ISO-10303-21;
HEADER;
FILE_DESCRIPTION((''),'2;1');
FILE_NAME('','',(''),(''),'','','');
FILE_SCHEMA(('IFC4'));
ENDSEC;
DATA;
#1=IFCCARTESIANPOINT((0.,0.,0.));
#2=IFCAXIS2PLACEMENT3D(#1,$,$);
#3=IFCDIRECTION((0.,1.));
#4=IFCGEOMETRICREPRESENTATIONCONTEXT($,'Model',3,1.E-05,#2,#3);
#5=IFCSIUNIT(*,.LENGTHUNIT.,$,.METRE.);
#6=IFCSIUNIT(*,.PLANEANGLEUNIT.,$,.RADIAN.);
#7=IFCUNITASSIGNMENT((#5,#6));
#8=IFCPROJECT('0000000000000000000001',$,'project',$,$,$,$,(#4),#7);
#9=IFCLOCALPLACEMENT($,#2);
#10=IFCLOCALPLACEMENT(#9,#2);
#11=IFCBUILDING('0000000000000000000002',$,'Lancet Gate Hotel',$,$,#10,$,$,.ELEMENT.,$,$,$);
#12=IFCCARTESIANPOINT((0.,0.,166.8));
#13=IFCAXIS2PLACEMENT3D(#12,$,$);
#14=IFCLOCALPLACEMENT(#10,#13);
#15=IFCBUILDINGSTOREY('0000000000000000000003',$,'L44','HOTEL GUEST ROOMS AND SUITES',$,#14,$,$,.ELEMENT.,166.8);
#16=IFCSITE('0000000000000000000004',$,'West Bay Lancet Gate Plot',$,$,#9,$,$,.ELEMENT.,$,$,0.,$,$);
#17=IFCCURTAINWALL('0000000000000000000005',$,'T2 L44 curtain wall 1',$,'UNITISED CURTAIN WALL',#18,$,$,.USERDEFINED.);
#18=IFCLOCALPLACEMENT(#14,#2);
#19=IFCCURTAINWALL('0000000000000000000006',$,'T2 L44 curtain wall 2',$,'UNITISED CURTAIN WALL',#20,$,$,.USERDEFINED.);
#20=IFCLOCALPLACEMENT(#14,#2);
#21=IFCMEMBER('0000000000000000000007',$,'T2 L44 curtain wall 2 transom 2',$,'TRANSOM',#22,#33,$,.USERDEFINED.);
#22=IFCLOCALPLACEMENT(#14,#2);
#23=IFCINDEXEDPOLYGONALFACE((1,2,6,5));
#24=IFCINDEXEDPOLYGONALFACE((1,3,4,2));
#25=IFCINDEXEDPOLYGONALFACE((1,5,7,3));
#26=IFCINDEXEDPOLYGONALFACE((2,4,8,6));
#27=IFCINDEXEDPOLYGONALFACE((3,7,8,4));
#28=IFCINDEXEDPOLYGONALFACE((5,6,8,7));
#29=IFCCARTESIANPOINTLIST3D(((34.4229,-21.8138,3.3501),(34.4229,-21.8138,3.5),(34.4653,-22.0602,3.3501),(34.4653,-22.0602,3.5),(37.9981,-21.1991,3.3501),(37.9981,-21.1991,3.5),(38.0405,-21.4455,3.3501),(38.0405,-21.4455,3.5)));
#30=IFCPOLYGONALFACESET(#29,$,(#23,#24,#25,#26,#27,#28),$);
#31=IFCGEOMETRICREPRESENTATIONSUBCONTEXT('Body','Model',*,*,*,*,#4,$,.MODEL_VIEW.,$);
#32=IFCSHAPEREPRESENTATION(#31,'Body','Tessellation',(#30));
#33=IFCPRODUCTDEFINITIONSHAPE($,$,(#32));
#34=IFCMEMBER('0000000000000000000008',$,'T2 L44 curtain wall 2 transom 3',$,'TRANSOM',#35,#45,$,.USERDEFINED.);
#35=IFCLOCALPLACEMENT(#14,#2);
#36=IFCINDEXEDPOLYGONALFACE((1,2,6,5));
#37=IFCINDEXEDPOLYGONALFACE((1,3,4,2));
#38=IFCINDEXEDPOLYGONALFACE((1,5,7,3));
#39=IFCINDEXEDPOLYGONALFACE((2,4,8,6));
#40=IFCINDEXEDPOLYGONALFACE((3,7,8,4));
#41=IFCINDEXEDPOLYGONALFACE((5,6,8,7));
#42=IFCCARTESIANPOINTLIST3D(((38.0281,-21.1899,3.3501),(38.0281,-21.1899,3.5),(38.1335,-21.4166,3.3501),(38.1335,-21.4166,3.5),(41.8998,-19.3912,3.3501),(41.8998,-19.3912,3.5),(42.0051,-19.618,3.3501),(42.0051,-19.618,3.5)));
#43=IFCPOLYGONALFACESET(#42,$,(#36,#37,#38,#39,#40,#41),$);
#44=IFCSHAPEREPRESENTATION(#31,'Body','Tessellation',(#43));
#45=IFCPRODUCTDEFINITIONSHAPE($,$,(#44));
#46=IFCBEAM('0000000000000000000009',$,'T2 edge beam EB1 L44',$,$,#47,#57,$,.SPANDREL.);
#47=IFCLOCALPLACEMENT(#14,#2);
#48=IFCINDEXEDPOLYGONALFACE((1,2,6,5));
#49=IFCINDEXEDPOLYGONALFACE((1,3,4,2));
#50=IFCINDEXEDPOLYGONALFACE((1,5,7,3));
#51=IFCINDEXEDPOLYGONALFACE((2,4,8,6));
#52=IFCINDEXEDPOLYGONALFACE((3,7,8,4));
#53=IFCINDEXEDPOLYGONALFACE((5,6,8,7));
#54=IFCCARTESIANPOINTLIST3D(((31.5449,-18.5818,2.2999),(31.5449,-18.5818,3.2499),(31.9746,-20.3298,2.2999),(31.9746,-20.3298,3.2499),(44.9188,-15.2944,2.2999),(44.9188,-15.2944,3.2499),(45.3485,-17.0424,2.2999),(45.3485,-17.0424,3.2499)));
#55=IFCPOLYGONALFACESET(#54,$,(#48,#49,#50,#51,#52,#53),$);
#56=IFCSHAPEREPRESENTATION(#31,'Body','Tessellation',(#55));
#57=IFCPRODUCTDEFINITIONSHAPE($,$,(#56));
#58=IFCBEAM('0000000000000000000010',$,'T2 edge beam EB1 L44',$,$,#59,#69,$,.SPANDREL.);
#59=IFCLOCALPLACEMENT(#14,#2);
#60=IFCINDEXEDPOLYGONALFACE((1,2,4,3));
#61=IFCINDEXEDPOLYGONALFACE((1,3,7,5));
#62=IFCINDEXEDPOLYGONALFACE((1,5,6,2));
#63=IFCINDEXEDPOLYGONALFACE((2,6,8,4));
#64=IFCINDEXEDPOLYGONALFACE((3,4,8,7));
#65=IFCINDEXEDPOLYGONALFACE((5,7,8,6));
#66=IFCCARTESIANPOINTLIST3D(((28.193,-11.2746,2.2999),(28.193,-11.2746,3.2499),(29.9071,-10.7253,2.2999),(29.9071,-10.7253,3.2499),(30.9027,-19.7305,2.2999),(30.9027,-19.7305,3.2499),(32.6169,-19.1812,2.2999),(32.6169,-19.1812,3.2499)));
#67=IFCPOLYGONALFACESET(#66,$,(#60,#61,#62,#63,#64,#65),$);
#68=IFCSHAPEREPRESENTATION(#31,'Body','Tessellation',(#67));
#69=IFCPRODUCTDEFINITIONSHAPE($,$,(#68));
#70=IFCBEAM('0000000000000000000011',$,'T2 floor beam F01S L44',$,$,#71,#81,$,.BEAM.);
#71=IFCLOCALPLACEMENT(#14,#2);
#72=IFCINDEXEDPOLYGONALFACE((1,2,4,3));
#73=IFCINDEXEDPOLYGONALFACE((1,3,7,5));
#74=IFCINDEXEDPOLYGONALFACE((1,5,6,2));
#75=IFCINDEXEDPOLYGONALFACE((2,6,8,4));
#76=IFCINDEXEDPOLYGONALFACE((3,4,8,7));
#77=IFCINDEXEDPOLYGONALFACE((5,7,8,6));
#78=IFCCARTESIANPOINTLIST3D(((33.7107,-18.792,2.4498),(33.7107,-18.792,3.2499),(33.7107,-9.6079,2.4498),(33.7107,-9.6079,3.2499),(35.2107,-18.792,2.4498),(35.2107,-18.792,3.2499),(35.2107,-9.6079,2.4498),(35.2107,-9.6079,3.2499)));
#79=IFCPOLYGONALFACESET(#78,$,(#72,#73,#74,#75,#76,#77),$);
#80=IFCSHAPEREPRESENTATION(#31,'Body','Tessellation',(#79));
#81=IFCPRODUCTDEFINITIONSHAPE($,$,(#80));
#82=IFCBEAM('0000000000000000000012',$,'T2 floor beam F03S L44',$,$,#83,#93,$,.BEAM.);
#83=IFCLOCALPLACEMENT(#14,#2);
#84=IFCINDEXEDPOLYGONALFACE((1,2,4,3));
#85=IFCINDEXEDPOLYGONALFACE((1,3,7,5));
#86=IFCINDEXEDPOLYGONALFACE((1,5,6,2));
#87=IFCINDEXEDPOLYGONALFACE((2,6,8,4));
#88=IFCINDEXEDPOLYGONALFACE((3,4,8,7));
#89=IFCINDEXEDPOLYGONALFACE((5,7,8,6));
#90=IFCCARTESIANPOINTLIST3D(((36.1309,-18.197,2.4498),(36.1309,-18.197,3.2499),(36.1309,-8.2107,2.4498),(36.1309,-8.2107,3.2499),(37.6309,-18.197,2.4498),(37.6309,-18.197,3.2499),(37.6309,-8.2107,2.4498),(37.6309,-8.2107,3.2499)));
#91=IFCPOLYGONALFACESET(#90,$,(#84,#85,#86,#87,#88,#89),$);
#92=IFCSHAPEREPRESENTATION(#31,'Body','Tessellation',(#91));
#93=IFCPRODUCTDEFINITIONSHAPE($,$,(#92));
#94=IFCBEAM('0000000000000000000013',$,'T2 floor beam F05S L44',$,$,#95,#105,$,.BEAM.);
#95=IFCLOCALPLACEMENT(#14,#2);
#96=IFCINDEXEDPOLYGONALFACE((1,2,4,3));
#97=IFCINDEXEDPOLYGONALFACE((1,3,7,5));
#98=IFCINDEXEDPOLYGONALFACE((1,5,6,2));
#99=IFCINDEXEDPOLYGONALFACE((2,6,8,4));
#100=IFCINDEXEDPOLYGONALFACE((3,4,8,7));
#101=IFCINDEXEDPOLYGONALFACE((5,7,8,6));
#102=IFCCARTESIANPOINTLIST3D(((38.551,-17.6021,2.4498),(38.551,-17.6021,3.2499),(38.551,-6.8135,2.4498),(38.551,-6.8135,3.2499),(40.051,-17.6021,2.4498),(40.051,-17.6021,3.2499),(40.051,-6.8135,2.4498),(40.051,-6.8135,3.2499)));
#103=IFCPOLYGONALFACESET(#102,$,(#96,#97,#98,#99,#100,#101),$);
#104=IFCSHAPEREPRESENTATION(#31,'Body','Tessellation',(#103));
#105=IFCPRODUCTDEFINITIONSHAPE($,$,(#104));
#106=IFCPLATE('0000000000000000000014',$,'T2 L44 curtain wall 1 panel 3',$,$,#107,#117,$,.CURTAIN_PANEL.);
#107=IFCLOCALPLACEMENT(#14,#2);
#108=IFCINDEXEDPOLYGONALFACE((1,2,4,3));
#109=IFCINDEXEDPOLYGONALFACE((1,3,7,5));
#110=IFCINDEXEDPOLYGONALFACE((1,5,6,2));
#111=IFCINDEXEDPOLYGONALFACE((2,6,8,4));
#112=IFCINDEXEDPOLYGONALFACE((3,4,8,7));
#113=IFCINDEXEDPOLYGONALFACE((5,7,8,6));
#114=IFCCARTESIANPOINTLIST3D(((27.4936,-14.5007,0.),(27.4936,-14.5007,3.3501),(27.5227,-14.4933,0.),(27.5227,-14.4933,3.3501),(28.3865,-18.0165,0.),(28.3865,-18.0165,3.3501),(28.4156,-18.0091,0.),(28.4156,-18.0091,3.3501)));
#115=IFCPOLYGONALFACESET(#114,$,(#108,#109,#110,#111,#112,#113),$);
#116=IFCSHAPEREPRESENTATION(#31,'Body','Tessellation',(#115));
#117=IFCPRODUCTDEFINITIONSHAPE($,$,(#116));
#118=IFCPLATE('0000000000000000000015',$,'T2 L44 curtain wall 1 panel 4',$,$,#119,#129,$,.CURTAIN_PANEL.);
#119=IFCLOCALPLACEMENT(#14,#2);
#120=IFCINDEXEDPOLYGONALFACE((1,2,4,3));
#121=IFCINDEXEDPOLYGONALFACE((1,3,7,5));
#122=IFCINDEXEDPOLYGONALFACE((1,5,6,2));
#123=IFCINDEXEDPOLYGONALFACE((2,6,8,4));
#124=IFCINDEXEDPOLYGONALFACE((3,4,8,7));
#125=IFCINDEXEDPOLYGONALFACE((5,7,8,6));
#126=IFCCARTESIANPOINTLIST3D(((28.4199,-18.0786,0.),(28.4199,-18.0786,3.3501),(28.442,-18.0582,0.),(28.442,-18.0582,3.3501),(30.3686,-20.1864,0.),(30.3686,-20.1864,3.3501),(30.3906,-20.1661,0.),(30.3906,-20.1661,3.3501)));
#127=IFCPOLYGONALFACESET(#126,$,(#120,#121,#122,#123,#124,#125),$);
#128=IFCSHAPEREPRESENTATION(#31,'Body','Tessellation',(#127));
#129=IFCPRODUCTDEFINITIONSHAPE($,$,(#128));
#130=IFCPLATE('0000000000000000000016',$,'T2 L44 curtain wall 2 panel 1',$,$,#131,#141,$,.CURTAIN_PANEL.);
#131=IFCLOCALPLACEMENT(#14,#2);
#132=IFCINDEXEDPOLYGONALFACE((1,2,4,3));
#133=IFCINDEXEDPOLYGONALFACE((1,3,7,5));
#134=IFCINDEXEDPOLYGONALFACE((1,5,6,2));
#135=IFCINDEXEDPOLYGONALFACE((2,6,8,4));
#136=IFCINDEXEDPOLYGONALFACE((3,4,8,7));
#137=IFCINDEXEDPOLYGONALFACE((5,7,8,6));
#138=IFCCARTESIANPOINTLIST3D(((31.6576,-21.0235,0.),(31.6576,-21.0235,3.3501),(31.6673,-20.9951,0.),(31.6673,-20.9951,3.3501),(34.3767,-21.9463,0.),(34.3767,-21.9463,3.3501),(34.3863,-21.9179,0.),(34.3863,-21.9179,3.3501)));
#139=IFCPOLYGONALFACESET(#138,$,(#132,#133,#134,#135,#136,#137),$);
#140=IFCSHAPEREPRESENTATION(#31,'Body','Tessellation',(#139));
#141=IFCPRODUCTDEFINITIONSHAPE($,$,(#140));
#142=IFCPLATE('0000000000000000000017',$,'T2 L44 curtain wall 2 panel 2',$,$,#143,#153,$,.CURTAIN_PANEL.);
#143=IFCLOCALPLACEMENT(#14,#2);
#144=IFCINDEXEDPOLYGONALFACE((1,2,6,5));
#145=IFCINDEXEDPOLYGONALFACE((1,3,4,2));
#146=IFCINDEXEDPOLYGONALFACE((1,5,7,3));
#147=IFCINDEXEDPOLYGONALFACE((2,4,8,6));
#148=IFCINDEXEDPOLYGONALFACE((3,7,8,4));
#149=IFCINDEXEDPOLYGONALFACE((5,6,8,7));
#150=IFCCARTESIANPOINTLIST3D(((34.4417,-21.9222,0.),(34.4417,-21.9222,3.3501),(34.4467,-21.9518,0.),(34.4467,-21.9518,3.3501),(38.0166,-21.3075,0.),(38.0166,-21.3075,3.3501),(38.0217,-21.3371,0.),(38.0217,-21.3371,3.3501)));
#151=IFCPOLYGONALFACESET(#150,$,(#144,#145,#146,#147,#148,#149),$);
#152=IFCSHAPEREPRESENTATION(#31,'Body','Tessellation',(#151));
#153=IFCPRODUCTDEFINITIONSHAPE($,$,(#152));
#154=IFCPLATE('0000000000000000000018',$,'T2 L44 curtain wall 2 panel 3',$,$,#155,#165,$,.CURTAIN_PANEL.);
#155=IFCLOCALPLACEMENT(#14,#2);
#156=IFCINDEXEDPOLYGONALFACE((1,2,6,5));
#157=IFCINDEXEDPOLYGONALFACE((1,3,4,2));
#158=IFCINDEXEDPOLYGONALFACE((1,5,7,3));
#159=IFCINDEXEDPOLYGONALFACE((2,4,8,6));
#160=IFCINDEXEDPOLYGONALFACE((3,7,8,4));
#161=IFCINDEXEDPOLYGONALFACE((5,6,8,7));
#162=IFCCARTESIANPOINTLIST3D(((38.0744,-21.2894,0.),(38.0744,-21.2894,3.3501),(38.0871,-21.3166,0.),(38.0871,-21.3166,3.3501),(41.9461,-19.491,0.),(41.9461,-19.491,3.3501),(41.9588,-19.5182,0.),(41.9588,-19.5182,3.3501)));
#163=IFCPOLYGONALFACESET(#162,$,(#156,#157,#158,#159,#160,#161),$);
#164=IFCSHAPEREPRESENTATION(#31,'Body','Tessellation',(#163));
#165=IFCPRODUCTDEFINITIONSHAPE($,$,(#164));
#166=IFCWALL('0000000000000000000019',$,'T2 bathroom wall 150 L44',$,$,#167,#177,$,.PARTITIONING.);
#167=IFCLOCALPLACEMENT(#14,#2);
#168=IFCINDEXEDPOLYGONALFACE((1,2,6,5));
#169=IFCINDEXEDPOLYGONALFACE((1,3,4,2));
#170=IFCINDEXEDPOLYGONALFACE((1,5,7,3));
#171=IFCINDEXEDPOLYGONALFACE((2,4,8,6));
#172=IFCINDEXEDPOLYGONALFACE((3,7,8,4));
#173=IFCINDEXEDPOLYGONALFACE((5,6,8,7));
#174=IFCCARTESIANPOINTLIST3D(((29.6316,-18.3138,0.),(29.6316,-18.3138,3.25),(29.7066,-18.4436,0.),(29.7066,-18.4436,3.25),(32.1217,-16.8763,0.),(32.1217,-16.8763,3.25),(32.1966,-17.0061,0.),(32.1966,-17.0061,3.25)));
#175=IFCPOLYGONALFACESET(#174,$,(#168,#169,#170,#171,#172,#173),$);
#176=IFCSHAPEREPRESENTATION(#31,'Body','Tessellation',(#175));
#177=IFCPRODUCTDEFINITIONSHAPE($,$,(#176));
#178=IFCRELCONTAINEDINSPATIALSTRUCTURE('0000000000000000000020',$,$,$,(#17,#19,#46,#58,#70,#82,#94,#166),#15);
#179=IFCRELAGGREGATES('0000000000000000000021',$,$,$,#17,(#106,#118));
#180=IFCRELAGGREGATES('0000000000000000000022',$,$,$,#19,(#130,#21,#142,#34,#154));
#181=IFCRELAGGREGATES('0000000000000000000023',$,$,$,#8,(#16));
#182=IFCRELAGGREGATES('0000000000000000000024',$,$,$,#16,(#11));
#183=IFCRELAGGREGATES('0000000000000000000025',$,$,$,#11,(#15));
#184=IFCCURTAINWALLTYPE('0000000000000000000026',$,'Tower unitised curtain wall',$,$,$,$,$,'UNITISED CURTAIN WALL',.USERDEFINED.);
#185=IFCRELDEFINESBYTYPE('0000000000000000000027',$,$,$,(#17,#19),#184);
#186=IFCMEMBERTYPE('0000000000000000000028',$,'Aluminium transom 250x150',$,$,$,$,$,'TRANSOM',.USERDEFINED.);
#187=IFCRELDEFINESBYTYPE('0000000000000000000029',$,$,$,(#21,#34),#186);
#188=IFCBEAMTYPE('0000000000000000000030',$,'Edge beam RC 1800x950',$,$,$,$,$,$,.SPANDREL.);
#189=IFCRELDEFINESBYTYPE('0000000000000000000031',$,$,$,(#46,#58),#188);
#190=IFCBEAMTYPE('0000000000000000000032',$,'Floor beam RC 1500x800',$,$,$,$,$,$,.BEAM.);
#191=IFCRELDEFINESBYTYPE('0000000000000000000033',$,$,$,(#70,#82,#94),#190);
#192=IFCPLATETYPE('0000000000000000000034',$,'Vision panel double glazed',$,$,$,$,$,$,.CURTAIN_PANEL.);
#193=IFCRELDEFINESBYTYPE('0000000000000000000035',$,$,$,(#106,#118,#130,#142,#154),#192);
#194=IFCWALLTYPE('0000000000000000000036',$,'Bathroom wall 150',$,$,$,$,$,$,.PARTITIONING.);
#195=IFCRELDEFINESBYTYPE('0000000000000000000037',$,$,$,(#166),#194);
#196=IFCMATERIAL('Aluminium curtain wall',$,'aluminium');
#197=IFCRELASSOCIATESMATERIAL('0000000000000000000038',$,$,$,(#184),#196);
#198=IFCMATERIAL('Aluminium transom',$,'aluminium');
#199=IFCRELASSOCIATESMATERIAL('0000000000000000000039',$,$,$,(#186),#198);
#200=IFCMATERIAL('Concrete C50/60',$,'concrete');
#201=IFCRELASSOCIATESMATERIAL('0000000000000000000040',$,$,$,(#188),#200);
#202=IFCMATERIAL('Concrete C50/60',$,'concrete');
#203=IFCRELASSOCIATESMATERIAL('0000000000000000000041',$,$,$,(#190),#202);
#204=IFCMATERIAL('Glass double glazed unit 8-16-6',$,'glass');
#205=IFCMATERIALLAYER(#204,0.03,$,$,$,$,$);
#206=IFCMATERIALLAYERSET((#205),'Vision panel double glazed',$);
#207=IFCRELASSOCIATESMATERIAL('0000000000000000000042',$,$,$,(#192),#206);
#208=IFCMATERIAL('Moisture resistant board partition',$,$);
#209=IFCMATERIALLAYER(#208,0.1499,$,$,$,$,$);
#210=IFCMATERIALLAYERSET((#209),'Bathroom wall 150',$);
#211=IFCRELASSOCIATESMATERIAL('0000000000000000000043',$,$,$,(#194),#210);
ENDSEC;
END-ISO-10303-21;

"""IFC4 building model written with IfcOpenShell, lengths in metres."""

from ifc_helpers import new_model, si_unit, direction, frame, frame_2d, origin, origin_2d, place, context, subcontext, project, spatial, rectangle, extrude, material, layer, layer_set, material_profile, profile_set, type_object, element, aggregate, save


model = new_model("IFC4")

# Units and contexts
model_context = context("Model", 3, precision=1e-05, world=origin(), true_north=direction((0.0, 1.0)))
body_context = subcontext(model_context, "Body", "Model", "MODEL_VIEW")
ifc_project = project(units=[si_unit("LENGTHUNIT", "METRE"), si_unit("PLANEANGLEUNIT", "RADIAN")], contexts=[model_context])

# Site, building, storey
site_placement = place(None, origin())
site = spatial("IfcSite", under=ifc_project, at=site_placement, Name="West Bay Lancet Gate Plot", CompositionType="ELEMENT", RefElevation=0.0)
building_placement = place(site_placement, origin())
building = spatial("IfcBuilding", under=site, at=building_placement, Name="Lancet Gate Hotel", CompositionType="ELEMENT")
storey_placement = place(building_placement, frame((0.0, 0.0, 166.8)))
storey = spatial("IfcBuildingStorey", under=building, at=storey_placement, Name="L44", Description="HOTEL GUEST ROOMS AND SUITES", CompositionType="ELEMENT", Elevation=166.8)

# Curtain walls
ifc_material_1 = material(Name="Aluminium curtain wall", Category="aluminium")
curtain_wall_type = type_object("IfcCurtainWallType", Name="Tower unitised curtain wall", ElementType="UNITISED CURTAIN WALL", PredefinedType="USERDEFINED", material=ifc_material_1)
curtain_wall_1_placement = place(storey_placement, origin())
curtain_wall_1 = element("IfcCurtainWall", 1, at=curtain_wall_1_placement, inside=storey, type_object=curtain_wall_type, Name="T2 L44 curtain wall 1", ObjectType="UNITISED CURTAIN WALL", PredefinedType="USERDEFINED")
curtain_wall_2_placement = place(storey_placement, origin())
curtain_wall_2 = element("IfcCurtainWall", 2, at=curtain_wall_2_placement, inside=storey, type_object=curtain_wall_type, Name="T2 L44 curtain wall 2", ObjectType="UNITISED CURTAIN WALL", PredefinedType="USERDEFINED")

# Members
ifc_material_2 = material(Name="Aluminium transom", Category="aluminium")
ifc_material_profile_1 = material_profile(ifc_material_2, rectangle(XDim=0.25, YDim=0.1499, at=origin_2d()), Name="TRANSOM 250x150")
ifc_profile_set_1 = profile_set([ifc_material_profile_1], Name="Aluminium transom")
member_type_1 = type_object("IfcMemberType", Name="Aluminium transom 250x150", ElementType="TRANSOM", PredefinedType="USERDEFINED", material=ifc_profile_set_1)
member_1_placement = place(storey_placement, frame((34.4441, -21.937, 3.425), z_axis=(0.985537, 0.169461, 0.0), x_axis=(-0.169461, 0.985537, 0.0)))
member_1 = element("IfcMember", 3, at=member_1_placement, type_object=member_type_1, Name="T2 L44 curtain wall 2 transom 2", ObjectType="TRANSOM", PredefinedType="USERDEFINED", context=body_context, shape_type="SweptSolid", body=[
    extrude(rectangle(XDim=0.25, YDim=0.1499, at=origin_2d()), origin(), (0.0, 0.0, 1.0), 3.6277),
])
member_2_placement = place(storey_placement, frame((38.0808, -21.3032, 3.425), z_axis=(0.906914, 0.421316, 0.0), x_axis=(-0.421316, 0.906914, 0.0)))
member_2 = element("IfcMember", 4, at=member_2_placement, type_object=member_type_1, Name="T2 L44 curtain wall 2 transom 3", ObjectType="TRANSOM", PredefinedType="USERDEFINED", context=body_context, shape_type="SweptSolid", body=[
    extrude(rectangle(XDim=0.25, YDim=0.1499, at=origin_2d()), origin(), (0.0, 0.0, 1.0), 4.269),
])

# Beams
ifc_material_3 = material(Name="Concrete C50/60", Category="concrete")
ifc_material_profile_2 = material_profile(ifc_material_3, rectangle(XDim=1.8, YDim=0.95, at=origin_2d()), Name="RC 1800x950")
ifc_profile_set_2 = profile_set([ifc_material_profile_2], Name="Concrete C50/60")
beam_type_1 = type_object("IfcBeamType", Name="Edge beam RC 1800x950", PredefinedType="SPANDREL", material=ifc_profile_set_2)
beam_1_placement = place(storey_placement, frame((31.7598, -19.4558, 2.7749), z_axis=(0.971093, 0.2387, 0.0), x_axis=(-0.2387, 0.971093, 0.0)))
element("IfcBeam", 5, at=beam_1_placement, inside=storey, type_object=beam_type_1, Name="T2 edge beam EB1 L44", PredefinedType="SPANDREL", context=body_context, shape_type="SweptSolid", body=[
    extrude(rectangle(XDim=1.8, YDim=0.95, at=origin_2d()), origin(), (0.0, 0.0, 1.0), 13.772),
])
beam_2_placement = place(storey_placement, frame((31.7598, -19.4558, 2.7749), z_axis=(-0.30517, 0.952298, 0.0), x_axis=(-0.952298, -0.30517, 0.0)))
element("IfcBeam", 6, at=beam_2_placement, inside=storey, type_object=beam_type_1, Name="T2 edge beam EB1 L44", PredefinedType="SPANDREL", context=body_context, shape_type="SweptSolid", body=[
    extrude(rectangle(XDim=1.8, YDim=0.95, at=origin_2d()), origin(), (0.0, 0.0, 1.0), 8.8794),
])
ifc_material_4 = material(Name="Concrete C50/60", Category="concrete")
ifc_material_profile_3 = material_profile(ifc_material_4, rectangle(XDim=1.5, YDim=0.8, at=origin_2d()), Name="RC 1500x800")
ifc_profile_set_3 = profile_set([ifc_material_profile_3], Name="Concrete C50/60")
beam_type_2 = type_object("IfcBeamType", Name="Floor beam RC 1500x800", PredefinedType="BEAM", material=ifc_profile_set_3)
beam_3_placement = place(storey_placement, frame((34.4607, -18.792, 2.8499), z_axis=(0.0, 1.0, 0.0), x_axis=(-1.0, 0.0, 0.0)))
element("IfcBeam", 7, at=beam_3_placement, inside=storey, type_object=beam_type_2, Name="T2 floor beam F01S L44", PredefinedType="BEAM", context=body_context, shape_type="SweptSolid", body=[
    extrude(rectangle(XDim=1.5, YDim=0.8, at=origin_2d()), origin(), (0.0, 0.0, 1.0), 9.1841),
])
beam_4_placement = place(storey_placement, frame((36.8809, -18.197, 2.8499), z_axis=(0.0, 1.0, 0.0), x_axis=(-1.0, 0.0, 0.0)))
element("IfcBeam", 8, at=beam_4_placement, inside=storey, type_object=beam_type_2, Name="T2 floor beam F03S L44", PredefinedType="BEAM", context=body_context, shape_type="SweptSolid", body=[
    extrude(rectangle(XDim=1.5, YDim=0.8, at=origin_2d()), origin(), (0.0, 0.0, 1.0), 9.9863),
])
beam_5_placement = place(storey_placement, frame((39.301, -17.6021, 2.8499), z_axis=(0.0, 1.0, 0.0), x_axis=(-1.0, 0.0, 0.0)))
element("IfcBeam", 9, at=beam_5_placement, inside=storey, type_object=beam_type_2, Name="T2 floor beam F05S L44", PredefinedType="BEAM", context=body_context, shape_type="SweptSolid", body=[
    extrude(rectangle(XDim=1.5, YDim=0.8, at=origin_2d()), origin(), (0.0, 0.0, 1.0), 10.7886),
])

# Plates
ifc_material_5 = material(Name="Glass double glazed unit 8-16-6", Category="glass")
ifc_layer_1 = layer(ifc_material_5, 0.03)
ifc_layer_set_1 = layer_set([ifc_layer_1], Name="Vision panel double glazed")
plate_type = type_object("IfcPlateType", Name="Vision panel double glazed", PredefinedType="CURTAIN_PANEL", material=ifc_layer_set_1)
plate_1_placement = place(storey_placement, frame((27.9546, -16.2549, 0.0), z_axis=(0.0, 0.0, 1.0), x_axis=(0.246167, -0.969228, 0.0)))
plate_1 = element("IfcPlate", 10, at=plate_1_placement, type_object=plate_type, Name="T2 L44 curtain wall 1 panel 3", PredefinedType="CURTAIN_PANEL", context=body_context, shape_type="SweptSolid", body=[
    extrude(rectangle(XDim=3.6274, YDim=0.03, at=origin_2d()), origin(), (0.0, 0.0, 1.0), 3.3501),
])
plate_2_placement = place(storey_placement, frame((29.4053, -19.1223, 0.0), z_axis=(0.0, 0.0, 1.0), x_axis=(0.678831, -0.734294, 0.0)))
plate_2 = element("IfcPlate", 11, at=plate_2_placement, type_object=plate_type, Name="T2 L44 curtain wall 1 panel 4", PredefinedType="CURTAIN_PANEL", context=body_context, shape_type="SweptSolid", body=[
    extrude(rectangle(XDim=2.8706, YDim=0.03, at=origin_2d()), origin(), (0.0, 0.0, 1.0), 3.3501),
])
aggregate(curtain_wall_1, [plate_1, plate_2])
plate_3_placement = place(storey_placement, frame((33.022, -21.4707, 0.0), z_axis=(0.0, 0.0, 1.0), x_axis=(0.946952, -0.321374, 0.0)))
plate_3 = element("IfcPlate", 12, at=plate_3_placement, type_object=plate_type, Name="T2 L44 curtain wall 2 panel 1", PredefinedType="CURTAIN_PANEL", context=body_context, shape_type="SweptSolid", body=[
    extrude(rectangle(XDim=2.8713, YDim=0.03, at=origin_2d()), origin(), (0.0, 0.0, 1.0), 3.3501),
])
plate_4_placement = place(storey_placement, frame((36.2317, -21.6296, 0.0), z_axis=(0.0, 0.0, 1.0), x_axis=(0.98554, 0.169445, 0.0)))
plate_4 = element("IfcPlate", 13, at=plate_4_placement, type_object=plate_type, Name="T2 L44 curtain wall 2 panel 2", PredefinedType="CURTAIN_PANEL", context=body_context, shape_type="SweptSolid", body=[
    extrude(rectangle(XDim=3.6274, YDim=0.03, at=origin_2d()), origin(), (0.0, 0.0, 1.0), 3.3501),
])
plate_5_placement = place(storey_placement, frame((40.0166, -20.4038, 0.0), z_axis=(0.0, 0.0, 1.0), x_axis=(0.906935, 0.421271, 0.0)))
plate_5 = element("IfcPlate", 14, at=plate_5_placement, type_object=plate_type, Name="T2 L44 curtain wall 2 panel 3", PredefinedType="CURTAIN_PANEL", context=body_context, shape_type="SweptSolid", body=[
    extrude(rectangle(XDim=4.269, YDim=0.03, at=origin_2d()), origin(), (0.0, 0.0, 1.0), 3.3501),
])
aggregate(curtain_wall_2, [plate_3, member_1, plate_4, member_2, plate_5])

# Wall
ifc_material_6 = material(Name="Moisture resistant board partition")
ifc_layer_2 = layer(ifc_material_6, 0.1499)
ifc_layer_set_2 = layer_set([ifc_layer_2], Name="Bathroom wall 150")
wall_type_1 = type_object("IfcWallType", Name="Bathroom wall 150", PredefinedType="PARTITIONING", material=ifc_layer_set_2)
wall_1_placement = place(storey_placement, frame((29.6692, -18.3787, 0.0), z_axis=(0.0, 0.0, 1.0), x_axis=(0.86604, 0.499975, 0.0)))
element("IfcWall", 15, at=wall_1_placement, inside=storey, type_object=wall_type_1, Name="T2 bathroom wall 150 L44", PredefinedType="PARTITIONING", context=body_context, shape_type="SweptSolid", body=[
    extrude(rectangle(XDim=2.8752, YDim=0.1499, at=frame_2d((1.4375, 0.0))), origin(), (0.0, 0.0, 1.0), 3.25),
])

save(model, "model.ifc")
